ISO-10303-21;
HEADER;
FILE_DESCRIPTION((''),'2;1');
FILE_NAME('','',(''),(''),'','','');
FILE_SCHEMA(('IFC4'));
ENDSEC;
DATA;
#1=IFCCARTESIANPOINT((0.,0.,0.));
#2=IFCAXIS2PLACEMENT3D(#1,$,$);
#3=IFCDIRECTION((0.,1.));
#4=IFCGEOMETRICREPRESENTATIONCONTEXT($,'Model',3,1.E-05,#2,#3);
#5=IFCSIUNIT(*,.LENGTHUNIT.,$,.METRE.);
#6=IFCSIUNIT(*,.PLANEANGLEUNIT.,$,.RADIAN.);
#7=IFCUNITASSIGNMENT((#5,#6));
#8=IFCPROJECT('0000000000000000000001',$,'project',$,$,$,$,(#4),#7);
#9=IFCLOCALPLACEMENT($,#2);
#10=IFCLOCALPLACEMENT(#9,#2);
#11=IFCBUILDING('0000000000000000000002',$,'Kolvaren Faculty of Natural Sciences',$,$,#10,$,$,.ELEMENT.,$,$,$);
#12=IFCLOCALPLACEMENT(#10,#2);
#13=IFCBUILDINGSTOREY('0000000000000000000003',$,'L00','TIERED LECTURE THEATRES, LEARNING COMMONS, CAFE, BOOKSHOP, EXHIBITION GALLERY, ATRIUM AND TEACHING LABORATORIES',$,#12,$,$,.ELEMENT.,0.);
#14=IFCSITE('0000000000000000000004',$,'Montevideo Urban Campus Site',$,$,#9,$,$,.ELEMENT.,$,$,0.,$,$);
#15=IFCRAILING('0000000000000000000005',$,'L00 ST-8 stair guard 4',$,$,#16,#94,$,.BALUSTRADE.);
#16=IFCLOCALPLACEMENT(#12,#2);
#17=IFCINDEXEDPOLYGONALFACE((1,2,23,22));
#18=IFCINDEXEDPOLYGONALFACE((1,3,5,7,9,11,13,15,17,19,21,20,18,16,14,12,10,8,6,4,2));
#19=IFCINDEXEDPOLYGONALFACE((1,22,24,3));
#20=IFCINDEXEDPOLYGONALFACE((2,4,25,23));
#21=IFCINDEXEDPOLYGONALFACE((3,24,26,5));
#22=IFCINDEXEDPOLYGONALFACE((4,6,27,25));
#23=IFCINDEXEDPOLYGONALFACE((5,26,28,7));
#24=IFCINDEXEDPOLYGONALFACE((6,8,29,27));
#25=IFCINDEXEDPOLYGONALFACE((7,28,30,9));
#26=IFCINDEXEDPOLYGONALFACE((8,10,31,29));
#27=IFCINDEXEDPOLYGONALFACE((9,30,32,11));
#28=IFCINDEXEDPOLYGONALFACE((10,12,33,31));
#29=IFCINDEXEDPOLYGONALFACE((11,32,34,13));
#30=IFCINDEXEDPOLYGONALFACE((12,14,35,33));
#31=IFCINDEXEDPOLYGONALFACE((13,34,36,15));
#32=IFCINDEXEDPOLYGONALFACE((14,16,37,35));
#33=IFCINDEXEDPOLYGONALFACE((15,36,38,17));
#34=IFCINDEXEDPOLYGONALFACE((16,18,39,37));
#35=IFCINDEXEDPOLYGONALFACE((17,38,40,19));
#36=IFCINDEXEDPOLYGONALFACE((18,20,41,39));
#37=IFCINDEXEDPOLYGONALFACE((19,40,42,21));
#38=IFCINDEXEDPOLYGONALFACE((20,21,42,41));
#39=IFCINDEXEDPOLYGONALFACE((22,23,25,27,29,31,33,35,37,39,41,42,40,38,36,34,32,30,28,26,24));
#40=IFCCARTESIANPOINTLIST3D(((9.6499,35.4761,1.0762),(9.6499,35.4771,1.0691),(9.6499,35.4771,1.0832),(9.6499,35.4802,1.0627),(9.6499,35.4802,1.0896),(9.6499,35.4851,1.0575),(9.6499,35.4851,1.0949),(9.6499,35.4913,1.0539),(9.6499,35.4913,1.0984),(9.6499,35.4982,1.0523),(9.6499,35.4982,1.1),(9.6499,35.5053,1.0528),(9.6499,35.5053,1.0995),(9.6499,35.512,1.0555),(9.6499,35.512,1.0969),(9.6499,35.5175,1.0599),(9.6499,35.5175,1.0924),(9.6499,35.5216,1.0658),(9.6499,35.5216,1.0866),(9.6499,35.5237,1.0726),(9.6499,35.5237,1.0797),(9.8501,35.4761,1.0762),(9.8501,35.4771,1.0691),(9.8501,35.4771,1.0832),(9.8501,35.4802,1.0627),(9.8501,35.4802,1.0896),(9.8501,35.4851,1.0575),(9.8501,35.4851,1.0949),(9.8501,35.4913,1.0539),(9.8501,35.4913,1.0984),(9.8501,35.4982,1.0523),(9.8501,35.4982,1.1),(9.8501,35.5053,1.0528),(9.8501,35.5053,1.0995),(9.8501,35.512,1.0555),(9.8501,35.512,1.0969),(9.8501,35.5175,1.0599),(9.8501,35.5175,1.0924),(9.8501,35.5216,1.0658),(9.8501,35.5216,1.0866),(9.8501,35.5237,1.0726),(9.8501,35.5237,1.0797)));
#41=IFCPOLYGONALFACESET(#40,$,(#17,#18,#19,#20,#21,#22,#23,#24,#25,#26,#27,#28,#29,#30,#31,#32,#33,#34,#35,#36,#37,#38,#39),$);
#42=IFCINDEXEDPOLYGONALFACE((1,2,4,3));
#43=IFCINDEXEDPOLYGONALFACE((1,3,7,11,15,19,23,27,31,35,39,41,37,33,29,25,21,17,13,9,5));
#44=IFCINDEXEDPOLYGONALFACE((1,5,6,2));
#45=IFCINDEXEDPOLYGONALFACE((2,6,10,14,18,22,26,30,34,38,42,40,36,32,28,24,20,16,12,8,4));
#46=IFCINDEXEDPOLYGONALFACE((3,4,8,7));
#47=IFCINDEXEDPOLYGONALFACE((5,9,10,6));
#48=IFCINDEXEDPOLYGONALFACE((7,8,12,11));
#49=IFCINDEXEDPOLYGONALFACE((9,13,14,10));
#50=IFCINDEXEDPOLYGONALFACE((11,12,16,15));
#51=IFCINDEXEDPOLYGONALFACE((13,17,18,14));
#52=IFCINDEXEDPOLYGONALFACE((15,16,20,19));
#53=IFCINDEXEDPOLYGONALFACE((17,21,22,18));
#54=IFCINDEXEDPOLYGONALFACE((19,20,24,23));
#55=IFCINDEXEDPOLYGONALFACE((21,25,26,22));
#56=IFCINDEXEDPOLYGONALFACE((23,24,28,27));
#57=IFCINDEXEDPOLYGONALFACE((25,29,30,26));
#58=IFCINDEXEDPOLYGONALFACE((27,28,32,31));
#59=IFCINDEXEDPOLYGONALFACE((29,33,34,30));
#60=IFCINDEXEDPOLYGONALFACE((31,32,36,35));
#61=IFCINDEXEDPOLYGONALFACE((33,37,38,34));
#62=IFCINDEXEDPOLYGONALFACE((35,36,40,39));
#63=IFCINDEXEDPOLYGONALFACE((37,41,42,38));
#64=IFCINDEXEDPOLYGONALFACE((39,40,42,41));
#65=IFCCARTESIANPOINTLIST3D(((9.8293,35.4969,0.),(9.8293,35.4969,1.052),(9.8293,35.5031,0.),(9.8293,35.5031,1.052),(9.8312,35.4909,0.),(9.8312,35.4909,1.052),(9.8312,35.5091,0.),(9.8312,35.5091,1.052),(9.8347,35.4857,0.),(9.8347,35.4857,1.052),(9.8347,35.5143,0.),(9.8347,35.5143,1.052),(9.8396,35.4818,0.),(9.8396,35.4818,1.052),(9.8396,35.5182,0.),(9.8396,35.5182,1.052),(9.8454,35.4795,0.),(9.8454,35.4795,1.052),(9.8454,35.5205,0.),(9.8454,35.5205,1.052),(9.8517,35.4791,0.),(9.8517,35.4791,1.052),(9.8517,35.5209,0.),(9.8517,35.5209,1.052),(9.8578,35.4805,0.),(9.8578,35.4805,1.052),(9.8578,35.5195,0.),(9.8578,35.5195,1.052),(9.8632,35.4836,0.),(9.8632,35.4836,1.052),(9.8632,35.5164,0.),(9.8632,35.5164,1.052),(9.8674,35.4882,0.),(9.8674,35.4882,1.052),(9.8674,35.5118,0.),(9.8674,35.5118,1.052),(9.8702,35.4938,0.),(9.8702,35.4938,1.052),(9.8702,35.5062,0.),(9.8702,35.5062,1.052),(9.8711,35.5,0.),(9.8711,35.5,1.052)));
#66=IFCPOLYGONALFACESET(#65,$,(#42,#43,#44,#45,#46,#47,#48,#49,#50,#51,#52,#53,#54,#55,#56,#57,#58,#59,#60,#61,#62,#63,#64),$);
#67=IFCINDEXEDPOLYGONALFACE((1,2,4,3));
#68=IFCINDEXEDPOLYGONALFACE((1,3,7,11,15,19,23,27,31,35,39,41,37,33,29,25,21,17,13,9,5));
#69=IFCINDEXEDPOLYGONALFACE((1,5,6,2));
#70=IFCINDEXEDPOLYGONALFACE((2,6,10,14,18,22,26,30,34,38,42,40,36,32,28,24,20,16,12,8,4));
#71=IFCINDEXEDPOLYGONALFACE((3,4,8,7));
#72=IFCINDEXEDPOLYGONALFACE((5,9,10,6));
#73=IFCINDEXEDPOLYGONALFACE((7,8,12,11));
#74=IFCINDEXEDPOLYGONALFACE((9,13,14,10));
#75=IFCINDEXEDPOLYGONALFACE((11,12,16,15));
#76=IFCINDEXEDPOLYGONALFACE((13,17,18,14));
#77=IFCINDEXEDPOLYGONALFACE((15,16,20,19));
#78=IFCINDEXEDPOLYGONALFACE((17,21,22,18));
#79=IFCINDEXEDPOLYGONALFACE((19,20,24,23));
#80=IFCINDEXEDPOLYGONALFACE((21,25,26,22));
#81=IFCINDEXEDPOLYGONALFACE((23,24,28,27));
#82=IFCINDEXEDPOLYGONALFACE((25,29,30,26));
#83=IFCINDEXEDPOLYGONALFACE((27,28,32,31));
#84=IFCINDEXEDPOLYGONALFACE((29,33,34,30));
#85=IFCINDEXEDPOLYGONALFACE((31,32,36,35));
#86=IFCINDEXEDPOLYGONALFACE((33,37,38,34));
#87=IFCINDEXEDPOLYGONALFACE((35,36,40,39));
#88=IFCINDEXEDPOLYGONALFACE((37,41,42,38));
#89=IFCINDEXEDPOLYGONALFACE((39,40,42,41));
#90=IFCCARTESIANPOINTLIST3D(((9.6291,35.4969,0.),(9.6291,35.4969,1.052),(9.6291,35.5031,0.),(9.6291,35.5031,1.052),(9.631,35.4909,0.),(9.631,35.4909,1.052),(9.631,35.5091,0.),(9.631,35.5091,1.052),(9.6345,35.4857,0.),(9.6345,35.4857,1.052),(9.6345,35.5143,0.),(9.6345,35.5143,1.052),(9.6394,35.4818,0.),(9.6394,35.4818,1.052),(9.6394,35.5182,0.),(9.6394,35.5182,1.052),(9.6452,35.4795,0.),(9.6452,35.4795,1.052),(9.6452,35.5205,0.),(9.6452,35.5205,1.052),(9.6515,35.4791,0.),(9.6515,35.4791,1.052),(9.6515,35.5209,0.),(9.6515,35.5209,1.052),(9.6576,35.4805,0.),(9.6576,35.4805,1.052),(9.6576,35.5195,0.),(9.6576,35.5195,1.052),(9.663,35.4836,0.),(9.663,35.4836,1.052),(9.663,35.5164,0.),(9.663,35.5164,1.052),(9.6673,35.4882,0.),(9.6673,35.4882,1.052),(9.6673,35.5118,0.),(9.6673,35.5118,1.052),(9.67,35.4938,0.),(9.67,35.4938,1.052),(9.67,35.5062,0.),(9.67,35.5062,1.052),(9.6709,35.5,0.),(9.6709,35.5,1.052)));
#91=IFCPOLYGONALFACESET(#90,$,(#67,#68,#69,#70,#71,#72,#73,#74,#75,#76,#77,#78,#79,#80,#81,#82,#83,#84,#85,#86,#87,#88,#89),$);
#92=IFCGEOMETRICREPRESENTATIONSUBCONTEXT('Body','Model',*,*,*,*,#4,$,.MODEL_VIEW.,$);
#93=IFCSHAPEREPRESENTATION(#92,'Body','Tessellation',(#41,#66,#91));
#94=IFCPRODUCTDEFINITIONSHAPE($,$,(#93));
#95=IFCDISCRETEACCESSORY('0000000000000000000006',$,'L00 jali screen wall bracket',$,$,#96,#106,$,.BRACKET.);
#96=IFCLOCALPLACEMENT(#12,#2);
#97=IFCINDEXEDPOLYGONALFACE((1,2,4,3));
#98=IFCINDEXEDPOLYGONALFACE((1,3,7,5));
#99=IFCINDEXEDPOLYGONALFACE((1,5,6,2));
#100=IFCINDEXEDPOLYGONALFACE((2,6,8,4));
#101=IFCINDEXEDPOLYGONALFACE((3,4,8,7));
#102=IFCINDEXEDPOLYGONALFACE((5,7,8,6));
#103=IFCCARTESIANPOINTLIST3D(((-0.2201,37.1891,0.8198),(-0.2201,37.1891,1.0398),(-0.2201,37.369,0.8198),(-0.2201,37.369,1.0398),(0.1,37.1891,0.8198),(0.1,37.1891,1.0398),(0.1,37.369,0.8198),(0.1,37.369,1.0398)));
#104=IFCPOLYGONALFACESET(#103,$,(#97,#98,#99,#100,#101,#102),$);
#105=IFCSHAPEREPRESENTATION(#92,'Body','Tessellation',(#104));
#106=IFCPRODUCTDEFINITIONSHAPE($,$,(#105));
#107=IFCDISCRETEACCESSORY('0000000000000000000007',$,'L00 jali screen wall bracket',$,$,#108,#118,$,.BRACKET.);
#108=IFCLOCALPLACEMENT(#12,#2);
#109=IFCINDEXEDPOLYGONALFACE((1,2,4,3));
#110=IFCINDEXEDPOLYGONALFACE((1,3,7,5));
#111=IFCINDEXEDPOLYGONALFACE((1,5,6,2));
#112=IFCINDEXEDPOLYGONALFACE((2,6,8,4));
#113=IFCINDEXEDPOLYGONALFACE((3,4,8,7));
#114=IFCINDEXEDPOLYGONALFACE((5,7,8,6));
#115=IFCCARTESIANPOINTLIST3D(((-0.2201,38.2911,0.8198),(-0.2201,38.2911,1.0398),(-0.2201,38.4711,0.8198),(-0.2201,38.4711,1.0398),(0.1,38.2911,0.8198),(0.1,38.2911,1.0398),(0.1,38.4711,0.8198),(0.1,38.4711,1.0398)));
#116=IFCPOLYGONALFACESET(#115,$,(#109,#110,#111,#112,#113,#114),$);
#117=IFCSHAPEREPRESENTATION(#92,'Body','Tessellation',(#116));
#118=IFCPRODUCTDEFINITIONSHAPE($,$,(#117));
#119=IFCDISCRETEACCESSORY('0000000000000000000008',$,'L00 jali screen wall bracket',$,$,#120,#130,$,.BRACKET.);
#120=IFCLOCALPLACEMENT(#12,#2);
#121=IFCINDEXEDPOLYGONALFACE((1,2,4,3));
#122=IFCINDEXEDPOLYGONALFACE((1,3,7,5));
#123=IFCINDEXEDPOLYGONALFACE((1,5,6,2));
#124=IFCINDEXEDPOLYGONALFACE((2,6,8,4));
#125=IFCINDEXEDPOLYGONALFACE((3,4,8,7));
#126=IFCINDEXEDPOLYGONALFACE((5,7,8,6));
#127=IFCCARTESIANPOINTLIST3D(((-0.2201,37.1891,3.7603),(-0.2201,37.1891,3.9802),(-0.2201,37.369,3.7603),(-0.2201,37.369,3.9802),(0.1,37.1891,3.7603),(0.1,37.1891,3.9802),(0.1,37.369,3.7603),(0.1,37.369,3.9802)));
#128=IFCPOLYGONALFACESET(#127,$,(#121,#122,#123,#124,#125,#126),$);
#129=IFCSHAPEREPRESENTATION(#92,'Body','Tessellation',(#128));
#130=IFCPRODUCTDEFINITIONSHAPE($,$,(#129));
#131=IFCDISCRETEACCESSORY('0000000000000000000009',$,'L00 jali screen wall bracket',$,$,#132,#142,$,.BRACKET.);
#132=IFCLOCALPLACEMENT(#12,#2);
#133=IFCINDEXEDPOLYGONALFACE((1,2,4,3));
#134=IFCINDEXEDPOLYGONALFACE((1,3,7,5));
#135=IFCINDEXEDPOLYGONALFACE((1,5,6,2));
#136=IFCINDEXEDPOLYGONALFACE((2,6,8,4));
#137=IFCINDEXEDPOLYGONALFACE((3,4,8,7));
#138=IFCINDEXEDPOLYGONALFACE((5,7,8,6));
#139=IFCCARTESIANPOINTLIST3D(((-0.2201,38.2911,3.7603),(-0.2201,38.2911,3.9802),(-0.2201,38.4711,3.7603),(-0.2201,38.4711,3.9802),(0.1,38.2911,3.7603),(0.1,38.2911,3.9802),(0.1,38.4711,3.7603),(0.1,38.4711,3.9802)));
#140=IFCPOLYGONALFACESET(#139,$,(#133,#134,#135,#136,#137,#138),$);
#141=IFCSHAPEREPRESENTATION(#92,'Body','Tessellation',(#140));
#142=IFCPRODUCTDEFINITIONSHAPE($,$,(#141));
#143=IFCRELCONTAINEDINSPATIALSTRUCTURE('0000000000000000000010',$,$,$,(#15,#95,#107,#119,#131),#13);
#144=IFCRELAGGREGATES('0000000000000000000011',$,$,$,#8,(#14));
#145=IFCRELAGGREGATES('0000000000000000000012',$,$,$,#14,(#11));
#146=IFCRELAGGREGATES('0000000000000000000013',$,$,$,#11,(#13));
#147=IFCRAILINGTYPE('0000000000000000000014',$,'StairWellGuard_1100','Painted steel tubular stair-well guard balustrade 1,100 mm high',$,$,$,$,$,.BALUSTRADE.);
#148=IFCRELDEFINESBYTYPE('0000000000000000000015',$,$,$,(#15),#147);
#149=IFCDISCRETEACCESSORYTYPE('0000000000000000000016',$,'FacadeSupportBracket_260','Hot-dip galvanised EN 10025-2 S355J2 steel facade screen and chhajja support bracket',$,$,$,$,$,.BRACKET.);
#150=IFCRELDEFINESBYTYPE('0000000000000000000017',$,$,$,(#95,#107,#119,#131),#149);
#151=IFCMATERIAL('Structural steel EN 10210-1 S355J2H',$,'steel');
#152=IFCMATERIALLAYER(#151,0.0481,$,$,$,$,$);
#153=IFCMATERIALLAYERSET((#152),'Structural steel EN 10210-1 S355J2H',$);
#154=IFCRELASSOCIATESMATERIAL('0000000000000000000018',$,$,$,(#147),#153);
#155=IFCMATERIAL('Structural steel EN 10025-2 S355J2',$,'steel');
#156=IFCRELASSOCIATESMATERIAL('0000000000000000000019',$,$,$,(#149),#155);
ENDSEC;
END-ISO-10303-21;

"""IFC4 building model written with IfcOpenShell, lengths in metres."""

from ifc_helpers import new_model, si_unit, direction, frame, origin, origin_2d, place, context, subcontext, project, spatial, rectangle, circle, extrude, material, layer, layer_set, type_object, element, save


model = new_model("IFC4")

# Units and contexts
model_context = context("Model", 3, precision=1e-05, world=origin(), true_north=direction((0.0, 1.0)))
body_context = subcontext(model_context, "Body", "Model", "MODEL_VIEW")
ifc_project = project(units=[si_unit("LENGTHUNIT", "METRE"), si_unit("PLANEANGLEUNIT", "RADIAN")], contexts=[model_context])

# Site, building, storey
site_placement = place(None, origin())
site = spatial("IfcSite", under=ifc_project, at=site_placement, Name="Montevideo Urban Campus Site", CompositionType="ELEMENT", RefElevation=0.0)
building_placement = place(site_placement, origin())
building = spatial("IfcBuilding", under=site, at=building_placement, Name="Kolvaren Faculty of Natural Sciences", CompositionType="ELEMENT")
storey_placement = place(building_placement, origin())
storey = spatial("IfcBuildingStorey", under=building, at=storey_placement, Name="L00", Description="TIERED LECTURE THEATRES, LEARNING COMMONS, CAFE, BOOKSHOP, EXHIBITION GALLERY, ATRIUM AND TEACHING LABORATORIES", CompositionType="ELEMENT", Elevation=0.0)

# Railing
ifc_material_1 = material(Name="Structural steel EN 10210-1 S355J2H", Category="steel")
ifc_layer_1 = layer(ifc_material_1, 0.0481)
ifc_layer_set_1 = layer_set([ifc_layer_1], Name="Structural steel EN 10210-1 S355J2H")
railing_type_1 = type_object("IfcRailingType", Name="StairWellGuard_1100", Description="Painted steel tubular stair-well guard balustrade 1,100 mm high", PredefinedType="BALUSTRADE", material=ifc_layer_set_1)
railing_1_placement = place(storey_placement, frame((9.8501, 35.5, 0.0)))
element("IfcRailing", 1, at=railing_1_placement, inside=storey, type_object=railing_type_1, Name="L00 ST-8 stair guard 4", PredefinedType="BALUSTRADE", context=body_context, shape_type="SweptSolid", body=[
    extrude(circle(Radius=0.0239, at=origin_2d()), frame((0.0, 0.0, 1.0762), z_axis=(-1.0, 0.0, 0.0), x_axis=(0.0, -1.0, 0.0)), (0.0, 0.0, 1.0), 0.2002),
    extrude(circle(Radius=0.021, at=origin_2d()), origin(), (0.0, 0.0, 1.0), 1.052),
    extrude(circle(Radius=0.021, at=origin_2d()), frame((-0.2002, 0.0, 0.0)), (0.0, 0.0, 1.0), 1.052),
])

# Discrete accessories
ifc_material_2 = material(Name="Structural steel EN 10025-2 S355J2", Category="steel")
discrete_accessory_type = type_object("IfcDiscreteAccessoryType", Name="FacadeSupportBracket_260", Description="Hot-dip galvanised EN 10025-2 S355J2 steel facade screen and chhajja support bracket", PredefinedType="BRACKET", material=ifc_material_2)
for number, where, z_axis, x_axis, name in (
    (2, (-0.0601, 37.2791, 0.8198), (0.0, 0.0, 1.0), (0.0, 1.0, 0.0), "L00 jali screen wall bracket"),
    (3, (-0.0601, 38.3811, 0.8198), (0.0, 0.0, 1.0), (0.0, 1.0, 0.0), "L00 jali screen wall bracket"),
    (4, (-0.0601, 37.2791, 3.7603), (0.0, 0.0, 1.0), (0.0, 1.0, 0.0), "L00 jali screen wall bracket"),
    (5, (-0.0601, 38.3811, 3.7603), (0.0, 0.0, 1.0), (0.0, 1.0, 0.0), "L00 jali screen wall bracket"),
):
    element("IfcDiscreteAccessory", number, at=place(storey_placement, frame(where, z_axis=z_axis, x_axis=x_axis)), inside=storey, type_object=discrete_accessory_type, Name=name, PredefinedType="BRACKET", context=body_context, shape_type="SweptSolid", body=[
        extrude(rectangle(XDim=0.1799, YDim=0.3201, at=origin_2d()), origin(), (0.0, 0.0, 1.0), 0.22),
    ])

save(model, "model.ifc")
